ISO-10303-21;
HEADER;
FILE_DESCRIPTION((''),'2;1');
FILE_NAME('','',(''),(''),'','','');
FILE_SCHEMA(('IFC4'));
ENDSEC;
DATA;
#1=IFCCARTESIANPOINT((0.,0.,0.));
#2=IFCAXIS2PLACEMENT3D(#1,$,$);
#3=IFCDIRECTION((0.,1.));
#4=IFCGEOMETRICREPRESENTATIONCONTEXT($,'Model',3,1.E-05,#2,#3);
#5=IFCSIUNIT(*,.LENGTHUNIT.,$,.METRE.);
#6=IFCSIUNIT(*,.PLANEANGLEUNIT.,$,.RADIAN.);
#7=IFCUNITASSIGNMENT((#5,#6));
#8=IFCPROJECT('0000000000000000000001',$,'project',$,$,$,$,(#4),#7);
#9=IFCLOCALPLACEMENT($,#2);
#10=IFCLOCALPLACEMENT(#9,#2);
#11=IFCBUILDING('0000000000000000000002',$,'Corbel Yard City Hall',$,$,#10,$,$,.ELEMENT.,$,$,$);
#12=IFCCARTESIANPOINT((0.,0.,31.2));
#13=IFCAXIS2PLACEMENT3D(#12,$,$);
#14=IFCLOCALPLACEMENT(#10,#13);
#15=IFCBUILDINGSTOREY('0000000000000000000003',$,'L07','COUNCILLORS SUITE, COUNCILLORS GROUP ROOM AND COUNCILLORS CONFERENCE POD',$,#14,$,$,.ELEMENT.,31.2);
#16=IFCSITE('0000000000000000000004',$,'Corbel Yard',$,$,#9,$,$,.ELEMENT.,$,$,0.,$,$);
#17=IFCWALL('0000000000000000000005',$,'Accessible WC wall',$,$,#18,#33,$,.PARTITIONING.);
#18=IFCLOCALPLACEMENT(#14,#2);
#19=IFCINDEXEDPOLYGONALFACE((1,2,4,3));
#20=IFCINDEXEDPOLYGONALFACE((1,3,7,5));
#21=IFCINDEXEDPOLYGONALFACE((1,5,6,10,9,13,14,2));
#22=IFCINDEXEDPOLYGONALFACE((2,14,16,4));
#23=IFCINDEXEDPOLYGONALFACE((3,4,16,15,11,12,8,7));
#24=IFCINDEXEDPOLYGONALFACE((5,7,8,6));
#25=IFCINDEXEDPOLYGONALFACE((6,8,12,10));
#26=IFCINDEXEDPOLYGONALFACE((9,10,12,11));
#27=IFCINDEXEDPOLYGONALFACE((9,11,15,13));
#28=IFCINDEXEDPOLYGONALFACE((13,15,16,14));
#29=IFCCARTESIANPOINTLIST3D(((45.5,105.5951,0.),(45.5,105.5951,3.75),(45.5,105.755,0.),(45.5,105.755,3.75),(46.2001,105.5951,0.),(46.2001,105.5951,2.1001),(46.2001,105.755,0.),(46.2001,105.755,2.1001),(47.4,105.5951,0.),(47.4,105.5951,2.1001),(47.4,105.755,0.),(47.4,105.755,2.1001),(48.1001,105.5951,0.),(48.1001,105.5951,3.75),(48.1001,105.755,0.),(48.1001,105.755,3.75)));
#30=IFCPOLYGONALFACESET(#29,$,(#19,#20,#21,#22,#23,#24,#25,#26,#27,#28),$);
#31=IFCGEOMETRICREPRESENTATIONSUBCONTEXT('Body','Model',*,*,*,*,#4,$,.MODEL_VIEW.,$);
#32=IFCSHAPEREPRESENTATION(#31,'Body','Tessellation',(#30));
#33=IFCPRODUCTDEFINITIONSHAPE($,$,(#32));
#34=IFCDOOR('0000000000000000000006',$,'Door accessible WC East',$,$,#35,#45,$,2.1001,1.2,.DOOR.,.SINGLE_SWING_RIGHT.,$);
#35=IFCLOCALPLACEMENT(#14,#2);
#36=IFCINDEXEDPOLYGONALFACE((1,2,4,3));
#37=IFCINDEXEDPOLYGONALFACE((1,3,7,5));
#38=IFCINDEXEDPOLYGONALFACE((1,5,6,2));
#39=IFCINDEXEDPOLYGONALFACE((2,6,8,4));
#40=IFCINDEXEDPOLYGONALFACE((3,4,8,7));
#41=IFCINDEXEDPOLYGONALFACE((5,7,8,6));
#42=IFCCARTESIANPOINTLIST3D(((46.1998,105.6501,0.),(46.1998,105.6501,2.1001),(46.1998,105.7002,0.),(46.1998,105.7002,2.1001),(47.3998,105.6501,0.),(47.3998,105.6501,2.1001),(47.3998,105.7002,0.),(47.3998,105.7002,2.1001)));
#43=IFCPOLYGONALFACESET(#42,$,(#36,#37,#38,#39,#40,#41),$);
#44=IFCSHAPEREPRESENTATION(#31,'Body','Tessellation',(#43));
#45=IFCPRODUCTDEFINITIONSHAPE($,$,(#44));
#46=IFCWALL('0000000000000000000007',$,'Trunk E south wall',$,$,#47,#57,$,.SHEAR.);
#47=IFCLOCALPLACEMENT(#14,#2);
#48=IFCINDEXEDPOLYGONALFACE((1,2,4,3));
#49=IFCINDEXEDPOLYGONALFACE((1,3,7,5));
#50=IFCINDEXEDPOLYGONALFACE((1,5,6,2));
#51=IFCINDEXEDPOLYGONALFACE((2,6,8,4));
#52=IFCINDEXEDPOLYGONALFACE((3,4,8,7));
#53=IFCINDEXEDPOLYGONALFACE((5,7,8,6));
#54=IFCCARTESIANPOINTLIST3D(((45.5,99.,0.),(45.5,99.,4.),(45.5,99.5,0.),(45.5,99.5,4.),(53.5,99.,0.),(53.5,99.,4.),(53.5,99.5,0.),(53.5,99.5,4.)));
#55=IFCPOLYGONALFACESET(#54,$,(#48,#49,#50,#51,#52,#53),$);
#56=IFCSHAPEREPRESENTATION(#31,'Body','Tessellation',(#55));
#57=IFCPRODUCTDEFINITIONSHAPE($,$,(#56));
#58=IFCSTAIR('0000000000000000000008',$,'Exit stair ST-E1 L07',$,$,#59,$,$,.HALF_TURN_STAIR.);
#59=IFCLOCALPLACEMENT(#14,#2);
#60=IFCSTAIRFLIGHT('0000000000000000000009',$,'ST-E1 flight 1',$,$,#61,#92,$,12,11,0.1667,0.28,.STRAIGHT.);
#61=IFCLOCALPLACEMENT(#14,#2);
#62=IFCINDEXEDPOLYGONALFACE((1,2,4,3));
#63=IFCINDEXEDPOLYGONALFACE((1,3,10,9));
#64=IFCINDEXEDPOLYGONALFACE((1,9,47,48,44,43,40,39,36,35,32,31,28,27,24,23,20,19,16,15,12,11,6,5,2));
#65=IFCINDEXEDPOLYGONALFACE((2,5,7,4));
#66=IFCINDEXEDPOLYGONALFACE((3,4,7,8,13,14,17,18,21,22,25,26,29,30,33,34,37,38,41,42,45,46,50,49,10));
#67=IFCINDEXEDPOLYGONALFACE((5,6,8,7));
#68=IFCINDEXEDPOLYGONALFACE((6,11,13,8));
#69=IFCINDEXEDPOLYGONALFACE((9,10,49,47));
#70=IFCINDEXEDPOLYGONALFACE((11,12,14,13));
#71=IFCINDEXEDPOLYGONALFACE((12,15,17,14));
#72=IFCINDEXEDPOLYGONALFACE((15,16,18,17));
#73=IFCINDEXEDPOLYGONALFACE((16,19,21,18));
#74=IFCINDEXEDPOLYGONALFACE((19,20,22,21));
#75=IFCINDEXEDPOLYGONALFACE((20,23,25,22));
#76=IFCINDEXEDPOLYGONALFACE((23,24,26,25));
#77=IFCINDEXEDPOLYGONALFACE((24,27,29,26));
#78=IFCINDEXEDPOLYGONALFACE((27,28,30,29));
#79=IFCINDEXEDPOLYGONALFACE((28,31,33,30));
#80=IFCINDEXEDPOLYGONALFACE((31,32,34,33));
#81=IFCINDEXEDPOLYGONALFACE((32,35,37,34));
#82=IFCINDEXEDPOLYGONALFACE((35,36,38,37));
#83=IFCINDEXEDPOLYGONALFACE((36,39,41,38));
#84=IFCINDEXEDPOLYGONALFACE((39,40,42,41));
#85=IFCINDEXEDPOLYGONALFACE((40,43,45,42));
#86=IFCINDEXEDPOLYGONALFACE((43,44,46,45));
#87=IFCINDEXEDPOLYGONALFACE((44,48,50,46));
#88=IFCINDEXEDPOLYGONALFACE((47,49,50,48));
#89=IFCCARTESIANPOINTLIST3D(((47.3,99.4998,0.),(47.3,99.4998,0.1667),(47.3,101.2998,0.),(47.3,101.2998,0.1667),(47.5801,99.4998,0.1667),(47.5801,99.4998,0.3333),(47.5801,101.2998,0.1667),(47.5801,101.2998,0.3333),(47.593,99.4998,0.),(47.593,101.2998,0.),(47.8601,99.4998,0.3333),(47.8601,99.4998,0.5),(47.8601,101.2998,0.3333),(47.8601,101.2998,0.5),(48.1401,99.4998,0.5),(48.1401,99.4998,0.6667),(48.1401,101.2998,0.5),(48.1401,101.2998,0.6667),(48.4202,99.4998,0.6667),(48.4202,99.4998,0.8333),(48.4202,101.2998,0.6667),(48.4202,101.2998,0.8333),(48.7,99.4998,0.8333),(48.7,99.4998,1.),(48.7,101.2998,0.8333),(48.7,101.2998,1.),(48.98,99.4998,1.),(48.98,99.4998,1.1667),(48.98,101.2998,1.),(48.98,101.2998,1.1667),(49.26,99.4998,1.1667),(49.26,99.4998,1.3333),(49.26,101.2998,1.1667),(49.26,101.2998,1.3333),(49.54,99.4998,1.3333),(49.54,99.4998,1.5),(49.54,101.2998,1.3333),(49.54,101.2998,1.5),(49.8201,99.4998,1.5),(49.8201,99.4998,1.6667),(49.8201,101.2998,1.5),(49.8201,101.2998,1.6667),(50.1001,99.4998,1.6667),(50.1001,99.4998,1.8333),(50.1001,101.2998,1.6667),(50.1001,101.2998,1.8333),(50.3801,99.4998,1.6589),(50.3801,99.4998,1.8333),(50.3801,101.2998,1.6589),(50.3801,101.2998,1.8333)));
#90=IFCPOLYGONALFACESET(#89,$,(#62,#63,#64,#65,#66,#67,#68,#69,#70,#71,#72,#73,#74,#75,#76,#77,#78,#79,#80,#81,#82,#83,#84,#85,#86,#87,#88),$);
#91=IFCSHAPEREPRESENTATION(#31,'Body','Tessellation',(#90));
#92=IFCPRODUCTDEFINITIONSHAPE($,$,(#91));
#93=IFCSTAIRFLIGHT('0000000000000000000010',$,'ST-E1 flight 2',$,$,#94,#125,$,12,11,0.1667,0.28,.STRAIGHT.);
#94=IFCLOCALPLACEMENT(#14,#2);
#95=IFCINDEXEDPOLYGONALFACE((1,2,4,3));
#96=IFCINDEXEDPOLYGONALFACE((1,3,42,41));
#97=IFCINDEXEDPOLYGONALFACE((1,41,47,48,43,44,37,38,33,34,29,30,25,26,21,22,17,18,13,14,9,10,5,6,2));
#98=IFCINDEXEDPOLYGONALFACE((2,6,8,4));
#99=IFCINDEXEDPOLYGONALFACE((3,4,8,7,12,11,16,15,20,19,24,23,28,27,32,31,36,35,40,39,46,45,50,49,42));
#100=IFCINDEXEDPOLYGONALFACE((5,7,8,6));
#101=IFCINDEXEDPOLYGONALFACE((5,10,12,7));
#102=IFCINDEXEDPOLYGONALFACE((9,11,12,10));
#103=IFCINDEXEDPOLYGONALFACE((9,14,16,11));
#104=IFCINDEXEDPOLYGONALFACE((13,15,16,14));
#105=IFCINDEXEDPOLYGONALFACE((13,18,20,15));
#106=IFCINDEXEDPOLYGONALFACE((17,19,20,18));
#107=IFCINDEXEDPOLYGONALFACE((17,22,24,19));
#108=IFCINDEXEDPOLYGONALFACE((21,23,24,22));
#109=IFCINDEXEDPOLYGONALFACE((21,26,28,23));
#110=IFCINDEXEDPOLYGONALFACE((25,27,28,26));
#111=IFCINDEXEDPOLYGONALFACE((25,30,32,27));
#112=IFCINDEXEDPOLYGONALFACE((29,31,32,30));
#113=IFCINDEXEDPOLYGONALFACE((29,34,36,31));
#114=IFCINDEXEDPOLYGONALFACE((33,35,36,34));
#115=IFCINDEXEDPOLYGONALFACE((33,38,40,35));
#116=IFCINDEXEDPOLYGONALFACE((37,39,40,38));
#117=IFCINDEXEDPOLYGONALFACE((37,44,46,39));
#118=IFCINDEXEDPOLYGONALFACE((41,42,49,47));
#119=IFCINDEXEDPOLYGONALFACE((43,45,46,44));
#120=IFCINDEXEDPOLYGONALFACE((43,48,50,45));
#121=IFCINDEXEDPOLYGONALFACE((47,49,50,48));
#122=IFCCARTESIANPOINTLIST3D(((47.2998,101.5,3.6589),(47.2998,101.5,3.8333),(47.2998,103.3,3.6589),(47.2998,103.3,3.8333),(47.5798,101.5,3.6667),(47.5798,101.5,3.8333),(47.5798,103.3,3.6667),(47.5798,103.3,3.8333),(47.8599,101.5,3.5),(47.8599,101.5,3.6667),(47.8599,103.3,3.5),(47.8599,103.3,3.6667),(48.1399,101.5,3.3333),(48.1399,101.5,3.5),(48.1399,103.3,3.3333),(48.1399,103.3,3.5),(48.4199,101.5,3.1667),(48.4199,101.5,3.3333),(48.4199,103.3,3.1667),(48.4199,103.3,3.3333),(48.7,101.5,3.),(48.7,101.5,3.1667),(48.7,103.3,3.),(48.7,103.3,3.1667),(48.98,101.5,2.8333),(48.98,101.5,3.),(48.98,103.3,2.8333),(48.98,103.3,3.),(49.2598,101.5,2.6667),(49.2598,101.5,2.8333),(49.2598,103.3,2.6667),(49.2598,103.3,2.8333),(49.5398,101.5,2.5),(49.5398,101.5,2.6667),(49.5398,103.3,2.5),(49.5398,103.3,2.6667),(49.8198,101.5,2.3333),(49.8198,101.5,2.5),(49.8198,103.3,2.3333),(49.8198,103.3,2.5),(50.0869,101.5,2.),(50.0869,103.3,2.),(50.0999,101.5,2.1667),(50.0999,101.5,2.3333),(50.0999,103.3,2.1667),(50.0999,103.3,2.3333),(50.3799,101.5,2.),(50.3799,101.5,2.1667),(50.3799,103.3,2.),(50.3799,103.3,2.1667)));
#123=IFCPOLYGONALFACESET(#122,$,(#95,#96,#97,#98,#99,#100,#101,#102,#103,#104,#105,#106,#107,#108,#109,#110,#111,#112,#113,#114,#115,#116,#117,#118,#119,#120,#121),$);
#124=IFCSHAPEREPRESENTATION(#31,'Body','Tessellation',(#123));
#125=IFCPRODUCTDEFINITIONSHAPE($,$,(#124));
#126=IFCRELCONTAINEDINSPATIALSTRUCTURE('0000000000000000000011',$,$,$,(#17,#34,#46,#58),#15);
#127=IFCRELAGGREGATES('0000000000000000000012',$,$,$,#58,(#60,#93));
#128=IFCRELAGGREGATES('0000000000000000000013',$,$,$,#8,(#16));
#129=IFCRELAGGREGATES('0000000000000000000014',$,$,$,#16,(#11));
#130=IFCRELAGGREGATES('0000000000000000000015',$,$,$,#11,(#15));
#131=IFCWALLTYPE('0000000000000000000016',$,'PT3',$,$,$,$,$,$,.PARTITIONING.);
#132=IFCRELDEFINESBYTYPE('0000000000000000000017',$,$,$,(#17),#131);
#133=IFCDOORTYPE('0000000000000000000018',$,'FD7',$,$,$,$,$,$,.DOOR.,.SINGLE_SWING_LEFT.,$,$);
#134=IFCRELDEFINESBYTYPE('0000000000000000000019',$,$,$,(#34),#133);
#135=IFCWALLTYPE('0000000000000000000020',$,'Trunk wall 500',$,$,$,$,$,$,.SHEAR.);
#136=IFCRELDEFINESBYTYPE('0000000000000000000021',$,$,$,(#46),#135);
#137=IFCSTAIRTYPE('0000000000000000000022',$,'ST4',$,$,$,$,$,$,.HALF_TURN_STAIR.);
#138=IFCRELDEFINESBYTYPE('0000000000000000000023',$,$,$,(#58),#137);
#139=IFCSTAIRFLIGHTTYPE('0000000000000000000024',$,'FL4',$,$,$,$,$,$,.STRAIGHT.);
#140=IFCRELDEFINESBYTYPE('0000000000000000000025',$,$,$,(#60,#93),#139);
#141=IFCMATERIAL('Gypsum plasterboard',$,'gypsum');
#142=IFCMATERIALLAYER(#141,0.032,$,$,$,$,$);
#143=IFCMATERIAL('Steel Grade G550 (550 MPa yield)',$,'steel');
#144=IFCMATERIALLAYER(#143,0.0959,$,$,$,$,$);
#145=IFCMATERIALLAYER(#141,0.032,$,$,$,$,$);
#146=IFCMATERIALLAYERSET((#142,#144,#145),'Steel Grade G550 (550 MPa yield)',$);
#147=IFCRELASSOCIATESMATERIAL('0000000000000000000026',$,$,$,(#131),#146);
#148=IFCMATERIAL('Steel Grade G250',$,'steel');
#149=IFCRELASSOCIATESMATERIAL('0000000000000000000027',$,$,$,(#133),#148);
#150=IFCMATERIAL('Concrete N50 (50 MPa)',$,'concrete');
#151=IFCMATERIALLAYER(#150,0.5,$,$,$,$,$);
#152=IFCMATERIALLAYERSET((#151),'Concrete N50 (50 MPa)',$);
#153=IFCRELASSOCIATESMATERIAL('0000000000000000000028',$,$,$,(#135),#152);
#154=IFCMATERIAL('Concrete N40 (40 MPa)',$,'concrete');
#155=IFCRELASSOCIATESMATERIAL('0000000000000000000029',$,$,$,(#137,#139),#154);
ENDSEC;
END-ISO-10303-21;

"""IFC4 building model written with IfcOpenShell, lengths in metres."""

from ifc_helpers import new_model, si_unit, direction, frame, frame_2d, origin, place, context, subcontext, project, spatial, polyline, rectangle, outline, extrude, material, layer, layer_set, type_object, element, fill, aggregate, save


model = new_model("IFC4")

# Units and contexts
model_context = context("Model", 3, precision=1e-05, world=origin(), true_north=direction((0.0, 1.0)))
body_context = subcontext(model_context, "Body", "Model", "MODEL_VIEW")
ifc_project = project(units=[si_unit("LENGTHUNIT", "METRE"), si_unit("PLANEANGLEUNIT", "RADIAN")], contexts=[model_context])

# Site, building, storey
site_placement = place(None, origin())
site = spatial("IfcSite", under=ifc_project, at=site_placement, Name="Corbel Yard", CompositionType="ELEMENT", RefElevation=0.0)
building_placement = place(site_placement, origin())
building = spatial("IfcBuilding", under=site, at=building_placement, Name="Corbel Yard City Hall", CompositionType="ELEMENT")
storey_placement = place(building_placement, frame((0.0, 0.0, 31.2)))
storey = spatial("IfcBuildingStorey", under=building, at=storey_placement, Name="L07", Description="COUNCILLORS SUITE, COUNCILLORS GROUP ROOM AND COUNCILLORS CONFERENCE POD", CompositionType="ELEMENT", Elevation=31.2)

# Shared definitions
ifc_material_1 = material(Name="Concrete N40 (40 MPa)", Category="concrete")

# Wall, opening, door
ifc_material_2 = material(Name="Gypsum plasterboard", Category="gypsum")
ifc_layer_1 = layer(ifc_material_2, 0.032)
ifc_material_3 = material(Name="Steel Grade G550 (550 MPa yield)", Category="steel")
ifc_layer_2 = layer(ifc_material_3, 0.0959)
ifc_layer_3 = layer(ifc_material_2, 0.032)
ifc_layer_set_1 = layer_set([ifc_layer_1, ifc_layer_2, ifc_layer_3], Name="Steel Grade G550 (550 MPa yield)")
wall_type_1 = type_object("IfcWallType", Name="PT3", PredefinedType="PARTITIONING", material=ifc_layer_set_1)
wall_1_placement = place(storey_placement, frame((45.5, 105.675, 0.0), z_axis=(0.0, 0.0, 1.0), x_axis=(1.0, 0.0, 0.0)))
wall_1 = element("IfcWall", 1, at=wall_1_placement, inside=storey, type_object=wall_type_1, Name="Accessible WC wall", PredefinedType="PARTITIONING", context=body_context, shape_type="SweptSolid", body=[
    extrude(rectangle(XDim=2.6001, YDim=0.1599, at=frame_2d((1.3, 0.0))), origin(), (0.0, 0.0, 1.0), 3.75),
])
opening_1_placement = place(wall_1_placement, frame((0.7, 0.0, 0.0)))
opening_1 = element("IfcOpeningElement", 2, at=opening_1_placement, cuts=wall_1, PredefinedType="OPENING", context=body_context, shape_type="SweptSolid", body=[
    extrude(rectangle(XDim=1.2, YDim=2.1001, at=frame_2d((0.6001, 1.05))), frame((0.0, 0.0898, 0.0), z_axis=(0.0, -1.0, 0.0), x_axis=(1.0, 0.0, 0.0)), (0.0, 0.0, 1.0), 0.1799),
])
ifc_material_4 = material(Name="Steel Grade G250", Category="steel")
door_type_1 = type_object("IfcDoorType", Name="FD7", OperationType="SINGLE_SWING_LEFT", PredefinedType="DOOR", material=ifc_material_4)
door_1_placement = place(opening_1_placement, frame((1.2, 0.0, 0.0), z_axis=(0.0, 0.0, 1.0), x_axis=(-1.0, 0.0, 0.0)))
door_1 = element("IfcDoor", 3, at=door_1_placement, inside=storey, type_object=door_type_1, Name="Door accessible WC East", OperationType="SINGLE_SWING_RIGHT", OverallHeight=2.1001, OverallWidth=1.2, PredefinedType="DOOR", context=body_context, shape_type="SweptSolid", body=[
    extrude(rectangle(XDim=1.2, YDim=2.1001, at=frame_2d((0.6001, 1.05))), frame((0.0, 0.0249, 0.0), z_axis=(0.0, -1.0, 0.0), x_axis=(1.0, 0.0, 0.0)), (0.0, 0.0, 1.0), 0.05),
])
fill(opening_1, door_1)

# Wall
ifc_material_5 = material(Name="Concrete N50 (50 MPa)", Category="concrete")
ifc_layer_4 = layer(ifc_material_5, 0.5)
ifc_layer_set_2 = layer_set([ifc_layer_4], Name="Concrete N50 (50 MPa)")
wall_type_2 = type_object("IfcWallType", Name="Trunk wall 500", PredefinedType="SHEAR", material=ifc_layer_set_2)
wall_2_placement = place(storey_placement, frame((45.5, 99.25, 0.0), z_axis=(0.0, 0.0, 1.0), x_axis=(1.0, 0.0, 0.0)))
element("IfcWall", 4, at=wall_2_placement, inside=storey, type_object=wall_type_2, Name="Trunk E south wall", PredefinedType="SHEAR", context=body_context, shape_type="SweptSolid", body=[
    extrude(rectangle(XDim=8.0, YDim=0.5, at=frame_2d((4.0, 0.0))), origin(), (0.0, 0.0, 1.0), 4.0),
])

# Stair, stair flights
stair_type = type_object("IfcStairType", Name="ST4", PredefinedType="HALF_TURN_STAIR", material=ifc_material_1)
stair_placement = place(storey_placement, origin())
stair = element("IfcStair", 5, at=stair_placement, inside=storey, type_object=stair_type, Name="Exit stair ST-E1 L07", PredefinedType="HALF_TURN_STAIR")
stair_flight_type = type_object("IfcStairFlightType", Name="FL4", PredefinedType="STRAIGHT", material=ifc_material_1)
stair_flight_1_placement = place(storey_placement, frame((47.3, 100.3999, 0.0), z_axis=(0.0, 0.0, 1.0), x_axis=(1.0, 0.0, 0.0)))
stair_flight_1 = element("IfcStairFlight", 6, at=stair_flight_1_placement, type_object=stair_flight_type, Name="ST-E1 flight 1", NumberOfRisers=12, NumberOfTreads=11, PredefinedType="STRAIGHT", RiserHeight=0.1667, TreadLength=0.28, context=body_context, shape_type="SweptSolid", body=[
    extrude(outline(polyline([(0.0, 0.0), (0.0, 0.1667), (0.28, 0.1667), (0.28, 0.3333), (0.5601, 0.3333), (0.5601, 0.5), (0.8401, 0.5), (0.8401, 0.6667), (1.1201, 0.6667), (1.1201, 0.8333), (1.3999, 0.8333), (1.3999, 1.0), (1.6799, 1.0), (1.6799, 1.1667), (1.96, 1.1667), (1.96, 1.3333), (2.24, 1.3333), (2.24, 1.5), (2.52, 1.5), (2.52, 1.6667), (2.8, 1.6667), (2.8, 1.8333), (3.0801, 1.8333), (3.0801, 2.0), (3.0801, 1.6589), (0.293, 0.0), (0.0, 0.0)])), frame((0.0, 0.8999, 0.0), z_axis=(0.0, -1.0, 0.0), x_axis=(1.0, 0.0, 0.0)), (0.0, 0.0, 1.0), 1.8),
])
stair_flight_2_placement = place(storey_placement, frame((50.3799, 102.3999, 2.0), z_axis=(0.0, 0.0, 1.0), x_axis=(-1.0, 0.0, 0.0)))
stair_flight_2 = element("IfcStairFlight", 7, at=stair_flight_2_placement, type_object=stair_flight_type, Name="ST-E1 flight 2", NumberOfRisers=12, NumberOfTreads=11, PredefinedType="STRAIGHT", RiserHeight=0.1667, TreadLength=0.28, context=body_context, shape_type="SweptSolid", body=[
    extrude(outline(polyline([(0.0, 0.0), (0.0, 0.1667), (0.28, 0.1667), (0.28, 0.3333), (0.5601, 0.3333), (0.5601, 0.5), (0.8401, 0.5), (0.8401, 0.6667), (1.1201, 0.6667), (1.1201, 0.8333), (1.3999, 0.8333), (1.3999, 1.0), (1.6799, 1.0), (1.6799, 1.1667), (1.96, 1.1667), (1.96, 1.3333), (2.24, 1.3333), (2.24, 1.5), (2.52, 1.5), (2.52, 1.6667), (2.8, 1.6667), (2.8, 1.8333), (3.0801, 1.8333), (3.0801, 2.0), (3.0801, 1.6589), (0.293, 0.0), (0.0, 0.0)])), frame((0.0, 0.8999, 0.0), z_axis=(0.0, -1.0, 0.0), x_axis=(1.0, 0.0, 0.0)), (0.0, 0.0, 1.0), 1.8),
])
aggregate(stair, [stair_flight_1, stair_flight_2])

save(model, "model.ifc")
